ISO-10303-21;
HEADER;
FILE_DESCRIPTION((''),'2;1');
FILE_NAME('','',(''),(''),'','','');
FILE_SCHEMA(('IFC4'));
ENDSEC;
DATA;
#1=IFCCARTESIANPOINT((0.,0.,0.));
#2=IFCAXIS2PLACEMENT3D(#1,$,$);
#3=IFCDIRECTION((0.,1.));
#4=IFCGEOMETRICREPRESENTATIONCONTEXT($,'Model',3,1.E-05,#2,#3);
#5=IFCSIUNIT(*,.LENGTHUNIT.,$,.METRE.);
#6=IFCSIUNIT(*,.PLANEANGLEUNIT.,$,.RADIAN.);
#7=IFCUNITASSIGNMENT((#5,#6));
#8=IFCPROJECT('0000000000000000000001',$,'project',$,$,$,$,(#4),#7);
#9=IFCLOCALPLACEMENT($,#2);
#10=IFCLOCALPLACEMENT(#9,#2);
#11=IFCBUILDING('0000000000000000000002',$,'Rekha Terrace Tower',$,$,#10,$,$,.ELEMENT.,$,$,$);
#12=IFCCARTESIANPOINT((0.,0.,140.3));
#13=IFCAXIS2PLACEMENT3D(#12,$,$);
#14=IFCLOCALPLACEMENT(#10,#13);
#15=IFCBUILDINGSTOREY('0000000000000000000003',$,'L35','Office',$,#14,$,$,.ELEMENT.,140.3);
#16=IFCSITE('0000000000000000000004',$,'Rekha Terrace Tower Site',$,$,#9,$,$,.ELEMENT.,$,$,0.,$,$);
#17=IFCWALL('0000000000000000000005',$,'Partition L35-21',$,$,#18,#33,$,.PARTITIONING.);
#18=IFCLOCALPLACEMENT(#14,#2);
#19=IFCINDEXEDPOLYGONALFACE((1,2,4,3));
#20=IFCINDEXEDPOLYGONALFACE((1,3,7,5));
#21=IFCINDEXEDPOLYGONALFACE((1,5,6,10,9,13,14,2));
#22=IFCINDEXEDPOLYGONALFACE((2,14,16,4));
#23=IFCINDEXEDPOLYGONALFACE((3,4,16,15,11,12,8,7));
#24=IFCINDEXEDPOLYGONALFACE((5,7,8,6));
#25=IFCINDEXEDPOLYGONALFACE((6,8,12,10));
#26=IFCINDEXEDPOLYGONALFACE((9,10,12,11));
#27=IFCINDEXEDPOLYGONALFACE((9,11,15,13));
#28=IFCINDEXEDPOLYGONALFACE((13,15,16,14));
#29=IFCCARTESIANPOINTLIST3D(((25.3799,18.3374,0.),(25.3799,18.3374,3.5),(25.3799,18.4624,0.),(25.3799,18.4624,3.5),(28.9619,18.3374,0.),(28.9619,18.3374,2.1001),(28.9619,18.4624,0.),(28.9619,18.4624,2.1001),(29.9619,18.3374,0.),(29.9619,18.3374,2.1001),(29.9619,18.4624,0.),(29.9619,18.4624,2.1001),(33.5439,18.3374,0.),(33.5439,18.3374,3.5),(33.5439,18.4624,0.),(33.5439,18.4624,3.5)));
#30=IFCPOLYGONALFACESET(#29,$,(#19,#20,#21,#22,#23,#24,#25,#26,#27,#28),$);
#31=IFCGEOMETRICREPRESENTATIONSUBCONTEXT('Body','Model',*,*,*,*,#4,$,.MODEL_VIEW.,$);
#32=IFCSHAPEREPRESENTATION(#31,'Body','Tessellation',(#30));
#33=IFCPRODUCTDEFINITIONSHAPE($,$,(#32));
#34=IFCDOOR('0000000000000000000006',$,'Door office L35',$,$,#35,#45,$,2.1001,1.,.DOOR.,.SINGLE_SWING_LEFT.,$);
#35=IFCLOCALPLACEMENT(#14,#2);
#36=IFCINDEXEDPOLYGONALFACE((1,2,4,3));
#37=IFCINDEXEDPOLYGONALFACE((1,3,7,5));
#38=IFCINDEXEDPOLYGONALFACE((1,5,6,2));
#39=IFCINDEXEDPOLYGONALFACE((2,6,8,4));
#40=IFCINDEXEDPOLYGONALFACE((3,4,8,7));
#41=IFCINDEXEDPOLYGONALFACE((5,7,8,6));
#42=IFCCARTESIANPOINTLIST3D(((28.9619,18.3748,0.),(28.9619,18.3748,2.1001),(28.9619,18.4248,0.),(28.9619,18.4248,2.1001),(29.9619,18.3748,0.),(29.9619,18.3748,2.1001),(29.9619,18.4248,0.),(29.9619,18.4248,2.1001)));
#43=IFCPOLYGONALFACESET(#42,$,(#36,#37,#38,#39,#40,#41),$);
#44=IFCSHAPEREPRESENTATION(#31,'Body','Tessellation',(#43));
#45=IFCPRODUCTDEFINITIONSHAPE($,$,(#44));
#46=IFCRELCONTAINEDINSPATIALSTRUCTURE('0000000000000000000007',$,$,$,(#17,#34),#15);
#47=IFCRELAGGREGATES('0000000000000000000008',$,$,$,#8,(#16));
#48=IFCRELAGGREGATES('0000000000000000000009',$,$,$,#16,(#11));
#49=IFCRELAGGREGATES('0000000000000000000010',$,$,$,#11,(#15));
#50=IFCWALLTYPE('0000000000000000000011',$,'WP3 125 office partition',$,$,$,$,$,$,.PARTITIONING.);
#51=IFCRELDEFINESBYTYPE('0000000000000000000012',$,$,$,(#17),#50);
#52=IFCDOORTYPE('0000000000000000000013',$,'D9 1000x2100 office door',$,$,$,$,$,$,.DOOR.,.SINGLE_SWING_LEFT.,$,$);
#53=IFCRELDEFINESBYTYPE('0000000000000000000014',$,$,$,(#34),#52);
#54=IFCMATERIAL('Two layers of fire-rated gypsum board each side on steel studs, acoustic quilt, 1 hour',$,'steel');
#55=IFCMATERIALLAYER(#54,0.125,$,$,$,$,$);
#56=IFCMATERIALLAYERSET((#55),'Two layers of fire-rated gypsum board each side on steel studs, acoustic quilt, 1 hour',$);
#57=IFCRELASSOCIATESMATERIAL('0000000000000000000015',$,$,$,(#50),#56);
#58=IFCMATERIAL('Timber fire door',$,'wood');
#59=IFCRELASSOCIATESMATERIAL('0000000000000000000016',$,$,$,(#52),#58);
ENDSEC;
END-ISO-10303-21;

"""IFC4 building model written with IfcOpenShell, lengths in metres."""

from ifc_helpers import new_model, si_unit, direction, frame, frame_2d, origin, place, context, subcontext, project, spatial, rectangle, extrude, material, layer, layer_set, type_object, element, fill, save


model = new_model("IFC4")

# Units and contexts
model_context = context("Model", 3, precision=1e-05, world=origin(), true_north=direction((0.0, 1.0)))
body_context = subcontext(model_context, "Body", "Model", "MODEL_VIEW")
ifc_project = project(units=[si_unit("LENGTHUNIT", "METRE"), si_unit("PLANEANGLEUNIT", "RADIAN")], contexts=[model_context])

# Site, building, storey
site_placement = place(None, origin())
site = spatial("IfcSite", under=ifc_project, at=site_placement, Name="Rekha Terrace Tower Site", CompositionType="ELEMENT", RefElevation=0.0)
building_placement = place(site_placement, origin())
building = spatial("IfcBuilding", under=site, at=building_placement, Name="Rekha Terrace Tower", CompositionType="ELEMENT")
storey_placement = place(building_placement, frame((0.0, 0.0, 140.3)))
storey = spatial("IfcBuildingStorey", under=building, at=storey_placement, Name="L35", Description="Office", CompositionType="ELEMENT", Elevation=140.3)

# Shared definitions
ifc_material_1 = material(Name="Two layers of fire-rated gypsum board each side on steel studs, acoustic quilt, 1 hour", Category="steel")
ifc_layer_1 = layer(ifc_material_1, 0.125)
ifc_layer_set_1 = layer_set([ifc_layer_1], Name="Two layers of fire-rated gypsum board each side on steel studs, acoustic quilt, 1 hour")
wall_type_1 = type_object("IfcWallType", Name="WP3 125 office partition", PredefinedType="PARTITIONING", material=ifc_layer_set_1)

# Wall, opening, door
wall_1_placement = place(storey_placement, frame((25.3799, 18.3999, 0.0), z_axis=(0.0, 0.0, 1.0), x_axis=(1.0, 0.0, 0.0)))
wall_1 = element("IfcWall", 1, at=wall_1_placement, inside=storey, type_object=wall_type_1, Name="Partition L35-21", PredefinedType="PARTITIONING", context=body_context, shape_type="SweptSolid", body=[
    extrude(rectangle(XDim=8.1641, YDim=0.125, at=frame_2d((4.082, 0.0))), origin(), (0.0, 0.0, 1.0), 3.5),
])
opening_1_placement = place(wall_1_placement, frame((3.582, 0.0, 0.0)))
opening_1 = element("IfcOpeningElement", 2, at=opening_1_placement, cuts=wall_1, PredefinedType="OPENING", context=body_context, shape_type="SweptSolid", body=[
    extrude(rectangle(XDim=1.0, YDim=2.1001, at=frame_2d((0.5, 1.05))), frame((0.0, 0.0725, 0.0), z_axis=(0.0, -1.0, 0.0), x_axis=(1.0, 0.0, 0.0)), (0.0, 0.0, 1.0), 0.145),
])
ifc_material_2 = material(Name="Timber fire door", Category="wood")
door_type_1 = type_object("IfcDoorType", Name="D9 1000x2100 office door", OperationType="SINGLE_SWING_LEFT", PredefinedType="DOOR", material=ifc_material_2)
door_1_placement = place(opening_1_placement, origin())
door_1 = element("IfcDoor", 3, at=door_1_placement, inside=storey, type_object=door_type_1, Name="Door office L35", OperationType="SINGLE_SWING_LEFT", OverallHeight=2.1001, OverallWidth=1.0, PredefinedType="DOOR", context=body_context, shape_type="SweptSolid", body=[
    extrude(rectangle(XDim=1.0, YDim=2.1001, at=frame_2d((0.5, 1.05))), frame((0.0, 0.0249, 0.0), z_axis=(0.0, -1.0, 0.0), x_axis=(1.0, 0.0, 0.0)), (0.0, 0.0, 1.0), 0.05),
])
fill(opening_1, door_1)

save(model, "model.ifc")
